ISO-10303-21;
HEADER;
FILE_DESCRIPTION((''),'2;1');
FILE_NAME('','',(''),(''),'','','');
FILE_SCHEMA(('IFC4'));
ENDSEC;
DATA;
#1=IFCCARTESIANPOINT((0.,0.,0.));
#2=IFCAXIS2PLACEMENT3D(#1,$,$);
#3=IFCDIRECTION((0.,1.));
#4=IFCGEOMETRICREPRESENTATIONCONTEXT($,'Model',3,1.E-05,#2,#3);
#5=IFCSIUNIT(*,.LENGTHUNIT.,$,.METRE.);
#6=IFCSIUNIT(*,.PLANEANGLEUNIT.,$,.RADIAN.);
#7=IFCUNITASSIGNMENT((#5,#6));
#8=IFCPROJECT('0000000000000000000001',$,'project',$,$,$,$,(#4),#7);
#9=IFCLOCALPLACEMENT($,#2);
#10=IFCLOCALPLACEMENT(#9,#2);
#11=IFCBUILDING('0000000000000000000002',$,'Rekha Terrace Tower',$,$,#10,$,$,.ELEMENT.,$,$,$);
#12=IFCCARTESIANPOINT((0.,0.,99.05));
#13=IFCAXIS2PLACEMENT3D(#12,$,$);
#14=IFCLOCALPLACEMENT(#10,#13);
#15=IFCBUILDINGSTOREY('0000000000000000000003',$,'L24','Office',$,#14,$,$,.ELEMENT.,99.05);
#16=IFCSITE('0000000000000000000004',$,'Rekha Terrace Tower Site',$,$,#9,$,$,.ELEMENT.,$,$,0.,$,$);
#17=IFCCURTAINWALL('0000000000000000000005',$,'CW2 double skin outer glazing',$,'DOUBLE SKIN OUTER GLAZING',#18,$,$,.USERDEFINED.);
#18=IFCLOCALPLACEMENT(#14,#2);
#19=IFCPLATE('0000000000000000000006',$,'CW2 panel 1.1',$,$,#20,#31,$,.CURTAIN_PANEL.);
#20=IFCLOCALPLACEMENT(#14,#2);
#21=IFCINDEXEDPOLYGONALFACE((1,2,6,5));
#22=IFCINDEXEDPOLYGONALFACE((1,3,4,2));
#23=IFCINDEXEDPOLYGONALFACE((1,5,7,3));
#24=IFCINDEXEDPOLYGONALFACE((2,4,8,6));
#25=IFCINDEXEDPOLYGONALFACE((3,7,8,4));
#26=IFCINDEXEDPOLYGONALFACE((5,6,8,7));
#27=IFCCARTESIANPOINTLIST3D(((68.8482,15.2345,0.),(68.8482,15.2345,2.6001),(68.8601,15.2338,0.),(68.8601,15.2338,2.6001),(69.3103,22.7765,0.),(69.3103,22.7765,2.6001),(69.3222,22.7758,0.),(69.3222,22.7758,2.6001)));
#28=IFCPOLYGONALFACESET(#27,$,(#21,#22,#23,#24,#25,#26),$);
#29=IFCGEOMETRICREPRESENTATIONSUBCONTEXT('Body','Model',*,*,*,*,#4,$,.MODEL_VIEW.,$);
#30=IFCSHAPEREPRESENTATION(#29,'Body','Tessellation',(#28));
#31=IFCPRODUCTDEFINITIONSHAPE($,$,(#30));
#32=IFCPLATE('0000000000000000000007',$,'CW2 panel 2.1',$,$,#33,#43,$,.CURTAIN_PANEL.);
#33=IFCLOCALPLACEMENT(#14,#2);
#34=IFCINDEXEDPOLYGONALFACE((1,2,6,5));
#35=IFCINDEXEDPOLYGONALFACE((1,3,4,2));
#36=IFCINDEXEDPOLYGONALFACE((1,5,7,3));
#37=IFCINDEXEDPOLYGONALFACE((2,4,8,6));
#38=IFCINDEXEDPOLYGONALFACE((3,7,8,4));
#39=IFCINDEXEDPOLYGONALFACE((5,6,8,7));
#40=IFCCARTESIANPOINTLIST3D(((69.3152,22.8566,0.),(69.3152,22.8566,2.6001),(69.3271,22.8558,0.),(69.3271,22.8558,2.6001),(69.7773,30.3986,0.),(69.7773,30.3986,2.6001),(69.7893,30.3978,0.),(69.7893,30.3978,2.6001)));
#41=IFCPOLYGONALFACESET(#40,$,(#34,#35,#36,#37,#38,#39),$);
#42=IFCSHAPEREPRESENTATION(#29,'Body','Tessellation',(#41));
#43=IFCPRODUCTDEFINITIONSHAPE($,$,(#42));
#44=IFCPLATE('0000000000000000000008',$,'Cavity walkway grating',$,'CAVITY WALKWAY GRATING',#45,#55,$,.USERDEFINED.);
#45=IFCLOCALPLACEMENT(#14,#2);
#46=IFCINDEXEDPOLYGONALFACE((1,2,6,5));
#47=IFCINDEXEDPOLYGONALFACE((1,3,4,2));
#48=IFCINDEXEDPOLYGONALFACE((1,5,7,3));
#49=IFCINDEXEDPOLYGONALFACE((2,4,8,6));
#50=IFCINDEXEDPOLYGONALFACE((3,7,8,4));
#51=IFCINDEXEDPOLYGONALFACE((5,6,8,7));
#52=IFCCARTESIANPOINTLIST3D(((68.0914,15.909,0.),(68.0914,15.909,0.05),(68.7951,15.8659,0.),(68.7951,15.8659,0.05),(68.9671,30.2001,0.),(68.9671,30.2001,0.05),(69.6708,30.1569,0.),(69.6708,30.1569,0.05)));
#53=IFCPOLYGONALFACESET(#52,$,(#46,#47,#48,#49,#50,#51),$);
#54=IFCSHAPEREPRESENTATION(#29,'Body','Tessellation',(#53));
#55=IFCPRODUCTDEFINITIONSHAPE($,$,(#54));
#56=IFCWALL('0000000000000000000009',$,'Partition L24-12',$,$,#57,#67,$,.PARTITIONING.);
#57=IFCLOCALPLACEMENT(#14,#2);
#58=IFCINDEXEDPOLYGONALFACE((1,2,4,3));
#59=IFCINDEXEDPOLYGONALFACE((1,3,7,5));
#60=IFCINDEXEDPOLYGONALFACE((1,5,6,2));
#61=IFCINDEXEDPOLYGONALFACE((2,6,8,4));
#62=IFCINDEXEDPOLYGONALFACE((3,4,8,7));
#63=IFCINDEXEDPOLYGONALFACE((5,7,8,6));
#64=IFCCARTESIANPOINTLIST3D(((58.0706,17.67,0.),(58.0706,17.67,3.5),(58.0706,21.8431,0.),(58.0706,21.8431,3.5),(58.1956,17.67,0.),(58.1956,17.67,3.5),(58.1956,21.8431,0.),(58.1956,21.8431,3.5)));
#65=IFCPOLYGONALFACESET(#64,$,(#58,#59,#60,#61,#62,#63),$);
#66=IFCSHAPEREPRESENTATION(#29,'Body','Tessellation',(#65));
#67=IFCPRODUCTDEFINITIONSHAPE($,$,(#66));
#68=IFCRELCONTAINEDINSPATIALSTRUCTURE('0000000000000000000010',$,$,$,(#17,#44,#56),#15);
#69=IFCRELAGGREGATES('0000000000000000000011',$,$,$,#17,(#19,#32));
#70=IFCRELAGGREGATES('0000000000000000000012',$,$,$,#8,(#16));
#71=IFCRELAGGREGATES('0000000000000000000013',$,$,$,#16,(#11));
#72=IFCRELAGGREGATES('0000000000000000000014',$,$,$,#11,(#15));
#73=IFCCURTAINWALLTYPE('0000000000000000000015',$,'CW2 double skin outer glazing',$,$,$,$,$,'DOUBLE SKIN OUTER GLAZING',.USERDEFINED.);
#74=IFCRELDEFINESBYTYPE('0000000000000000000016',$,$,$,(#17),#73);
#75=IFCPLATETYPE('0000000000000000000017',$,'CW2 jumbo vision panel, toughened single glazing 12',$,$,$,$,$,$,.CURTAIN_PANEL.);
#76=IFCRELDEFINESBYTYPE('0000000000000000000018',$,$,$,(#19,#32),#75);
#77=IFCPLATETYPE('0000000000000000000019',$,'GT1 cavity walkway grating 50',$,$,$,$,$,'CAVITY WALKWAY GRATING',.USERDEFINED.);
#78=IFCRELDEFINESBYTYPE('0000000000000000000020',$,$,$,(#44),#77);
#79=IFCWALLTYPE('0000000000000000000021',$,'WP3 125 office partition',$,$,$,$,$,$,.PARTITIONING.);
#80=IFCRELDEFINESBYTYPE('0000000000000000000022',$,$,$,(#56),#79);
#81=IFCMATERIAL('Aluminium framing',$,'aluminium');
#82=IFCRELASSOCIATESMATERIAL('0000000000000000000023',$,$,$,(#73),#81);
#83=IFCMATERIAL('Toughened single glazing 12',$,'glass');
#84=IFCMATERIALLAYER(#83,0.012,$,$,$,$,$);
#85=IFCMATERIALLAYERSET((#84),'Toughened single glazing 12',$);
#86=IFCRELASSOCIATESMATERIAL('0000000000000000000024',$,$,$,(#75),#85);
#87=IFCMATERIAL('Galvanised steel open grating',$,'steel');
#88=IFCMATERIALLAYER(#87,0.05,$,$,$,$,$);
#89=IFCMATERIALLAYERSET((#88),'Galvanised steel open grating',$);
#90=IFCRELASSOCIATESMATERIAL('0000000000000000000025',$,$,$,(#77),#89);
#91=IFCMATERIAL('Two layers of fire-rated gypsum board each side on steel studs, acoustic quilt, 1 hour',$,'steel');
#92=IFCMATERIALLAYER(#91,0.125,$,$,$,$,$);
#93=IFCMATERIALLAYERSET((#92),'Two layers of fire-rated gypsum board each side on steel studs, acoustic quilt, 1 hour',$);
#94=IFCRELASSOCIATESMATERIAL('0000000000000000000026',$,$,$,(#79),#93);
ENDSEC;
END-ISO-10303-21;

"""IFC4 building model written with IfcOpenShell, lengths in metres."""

from ifc_helpers import new_model, si_unit, direction, frame, frame_2d, origin, origin_2d, place, context, subcontext, project, spatial, rectangle, extrude, material, layer, layer_set, type_object, element, aggregate, save


model = new_model("IFC4")

# Units and contexts
model_context = context("Model", 3, precision=1e-05, world=origin(), true_north=direction((0.0, 1.0)))
body_context = subcontext(model_context, "Body", "Model", "MODEL_VIEW")
ifc_project = project(units=[si_unit("LENGTHUNIT", "METRE"), si_unit("PLANEANGLEUNIT", "RADIAN")], contexts=[model_context])

# Site, building, storey
site_placement = place(None, origin())
site = spatial("IfcSite", under=ifc_project, at=site_placement, Name="Rekha Terrace Tower Site", CompositionType="ELEMENT", RefElevation=0.0)
building_placement = place(site_placement, origin())
building = spatial("IfcBuilding", under=site, at=building_placement, Name="Rekha Terrace Tower", CompositionType="ELEMENT")
storey_placement = place(building_placement, frame((0.0, 0.0, 99.05)))
storey = spatial("IfcBuildingStorey", under=building, at=storey_placement, Name="L24", Description="Office", CompositionType="ELEMENT", Elevation=99.05)

# Curtain wall
ifc_material_1 = material(Name="Aluminium framing", Category="aluminium")
curtain_wall_type_1 = type_object("IfcCurtainWallType", Name="CW2 double skin outer glazing", ElementType="DOUBLE SKIN OUTER GLAZING", PredefinedType="USERDEFINED", material=ifc_material_1)
curtain_wall_1_placement = place(storey_placement, origin())
curtain_wall_1 = element("IfcCurtainWall", 1, at=curtain_wall_1_placement, inside=storey, type_object=curtain_wall_type_1, Name="CW2 double skin outer glazing", ObjectType="DOUBLE SKIN OUTER GLAZING", PredefinedType="USERDEFINED")

# Plates
ifc_material_2 = material(Name="Toughened single glazing 12", Category="glass")
ifc_layer_1 = layer(ifc_material_2, 0.012)
ifc_layer_set_1 = layer_set([ifc_layer_1], Name="Toughened single glazing 12")
plate_type_1 = type_object("IfcPlateType", Name="CW2 jumbo vision panel, toughened single glazing 12", PredefinedType="CURTAIN_PANEL", material=ifc_layer_set_1)
plate_1_placement = place(storey_placement, frame((69.0852, 19.0051, 0.0), z_axis=(0.0, 0.0, 1.0), x_axis=(0.06116, 0.998128, 0.0)))
plate_1 = element("IfcPlate", 2, at=plate_1_placement, type_object=plate_type_1, Name="CW2 panel 1.1", PredefinedType="CURTAIN_PANEL", context=body_context, shape_type="SweptSolid", body=[
    extrude(rectangle(XDim=7.5562, YDim=0.012, at=origin_2d()), origin(), (0.0, 0.0, 1.0), 2.6001),
])
plate_2_placement = place(storey_placement, frame((69.5522, 26.6272, 0.0), z_axis=(0.0, 0.0, 1.0), x_axis=(0.06116, 0.998128, 0.0)))
plate_2 = element("IfcPlate", 3, at=plate_2_placement, type_object=plate_type_1, Name="CW2 panel 2.1", PredefinedType="CURTAIN_PANEL", context=body_context, shape_type="SweptSolid", body=[
    extrude(rectangle(XDim=7.5562, YDim=0.012, at=origin_2d()), origin(), (0.0, 0.0, 1.0), 2.6001),
])
aggregate(curtain_wall_1, [plate_1, plate_2])
ifc_material_3 = material(Name="Galvanised steel open grating", Category="steel")
ifc_layer_2 = layer(ifc_material_3, 0.05)
ifc_layer_set_2 = layer_set([ifc_layer_2], Name="Galvanised steel open grating")
plate_type_2 = type_object("IfcPlateType", Name="GT1 cavity walkway grating 50", ElementType="CAVITY WALKWAY GRATING", PredefinedType="USERDEFINED", material=ifc_layer_set_2)
plate_3_placement = place(storey_placement, frame((68.8811, 23.033, 0.0), z_axis=(0.0, 0.0, 1.0), x_axis=(0.06116, 0.998128, 0.0)))
element("IfcPlate", 4, at=plate_3_placement, inside=storey, type_object=plate_type_2, Name="Cavity walkway grating", ObjectType="CAVITY WALKWAY GRATING", PredefinedType="USERDEFINED", context=body_context, shape_type="SweptSolid", body=[
    extrude(rectangle(XDim=14.3179, YDim=0.7051, at=origin_2d()), origin(), (0.0, 0.0, 1.0), 0.05),
])

# Wall
ifc_material_4 = material(Name="Two layers of fire-rated gypsum board each side on steel studs, acoustic quilt, 1 hour", Category="steel")
ifc_layer_3 = layer(ifc_material_4, 0.125)
ifc_layer_set_3 = layer_set([ifc_layer_3], Name="Two layers of fire-rated gypsum board each side on steel studs, acoustic quilt, 1 hour")
wall_type = type_object("IfcWallType", Name="WP3 125 office partition", PredefinedType="PARTITIONING", material=ifc_layer_set_3)
wall_placement = place(storey_placement, frame((58.1331, 21.843, 0.0), z_axis=(0.0, 0.0, 1.0), x_axis=(0.0, -1.0, 0.0)))
element("IfcWall", 5, at=wall_placement, inside=storey, type_object=wall_type, Name="Partition L24-12", PredefinedType="PARTITIONING", context=body_context, shape_type="SweptSolid", body=[
    extrude(rectangle(XDim=4.1731, YDim=0.125, at=frame_2d((2.0864, 0.0))), origin(), (0.0, 0.0, 1.0), 3.5),
])

save(model, "model.ifc")
